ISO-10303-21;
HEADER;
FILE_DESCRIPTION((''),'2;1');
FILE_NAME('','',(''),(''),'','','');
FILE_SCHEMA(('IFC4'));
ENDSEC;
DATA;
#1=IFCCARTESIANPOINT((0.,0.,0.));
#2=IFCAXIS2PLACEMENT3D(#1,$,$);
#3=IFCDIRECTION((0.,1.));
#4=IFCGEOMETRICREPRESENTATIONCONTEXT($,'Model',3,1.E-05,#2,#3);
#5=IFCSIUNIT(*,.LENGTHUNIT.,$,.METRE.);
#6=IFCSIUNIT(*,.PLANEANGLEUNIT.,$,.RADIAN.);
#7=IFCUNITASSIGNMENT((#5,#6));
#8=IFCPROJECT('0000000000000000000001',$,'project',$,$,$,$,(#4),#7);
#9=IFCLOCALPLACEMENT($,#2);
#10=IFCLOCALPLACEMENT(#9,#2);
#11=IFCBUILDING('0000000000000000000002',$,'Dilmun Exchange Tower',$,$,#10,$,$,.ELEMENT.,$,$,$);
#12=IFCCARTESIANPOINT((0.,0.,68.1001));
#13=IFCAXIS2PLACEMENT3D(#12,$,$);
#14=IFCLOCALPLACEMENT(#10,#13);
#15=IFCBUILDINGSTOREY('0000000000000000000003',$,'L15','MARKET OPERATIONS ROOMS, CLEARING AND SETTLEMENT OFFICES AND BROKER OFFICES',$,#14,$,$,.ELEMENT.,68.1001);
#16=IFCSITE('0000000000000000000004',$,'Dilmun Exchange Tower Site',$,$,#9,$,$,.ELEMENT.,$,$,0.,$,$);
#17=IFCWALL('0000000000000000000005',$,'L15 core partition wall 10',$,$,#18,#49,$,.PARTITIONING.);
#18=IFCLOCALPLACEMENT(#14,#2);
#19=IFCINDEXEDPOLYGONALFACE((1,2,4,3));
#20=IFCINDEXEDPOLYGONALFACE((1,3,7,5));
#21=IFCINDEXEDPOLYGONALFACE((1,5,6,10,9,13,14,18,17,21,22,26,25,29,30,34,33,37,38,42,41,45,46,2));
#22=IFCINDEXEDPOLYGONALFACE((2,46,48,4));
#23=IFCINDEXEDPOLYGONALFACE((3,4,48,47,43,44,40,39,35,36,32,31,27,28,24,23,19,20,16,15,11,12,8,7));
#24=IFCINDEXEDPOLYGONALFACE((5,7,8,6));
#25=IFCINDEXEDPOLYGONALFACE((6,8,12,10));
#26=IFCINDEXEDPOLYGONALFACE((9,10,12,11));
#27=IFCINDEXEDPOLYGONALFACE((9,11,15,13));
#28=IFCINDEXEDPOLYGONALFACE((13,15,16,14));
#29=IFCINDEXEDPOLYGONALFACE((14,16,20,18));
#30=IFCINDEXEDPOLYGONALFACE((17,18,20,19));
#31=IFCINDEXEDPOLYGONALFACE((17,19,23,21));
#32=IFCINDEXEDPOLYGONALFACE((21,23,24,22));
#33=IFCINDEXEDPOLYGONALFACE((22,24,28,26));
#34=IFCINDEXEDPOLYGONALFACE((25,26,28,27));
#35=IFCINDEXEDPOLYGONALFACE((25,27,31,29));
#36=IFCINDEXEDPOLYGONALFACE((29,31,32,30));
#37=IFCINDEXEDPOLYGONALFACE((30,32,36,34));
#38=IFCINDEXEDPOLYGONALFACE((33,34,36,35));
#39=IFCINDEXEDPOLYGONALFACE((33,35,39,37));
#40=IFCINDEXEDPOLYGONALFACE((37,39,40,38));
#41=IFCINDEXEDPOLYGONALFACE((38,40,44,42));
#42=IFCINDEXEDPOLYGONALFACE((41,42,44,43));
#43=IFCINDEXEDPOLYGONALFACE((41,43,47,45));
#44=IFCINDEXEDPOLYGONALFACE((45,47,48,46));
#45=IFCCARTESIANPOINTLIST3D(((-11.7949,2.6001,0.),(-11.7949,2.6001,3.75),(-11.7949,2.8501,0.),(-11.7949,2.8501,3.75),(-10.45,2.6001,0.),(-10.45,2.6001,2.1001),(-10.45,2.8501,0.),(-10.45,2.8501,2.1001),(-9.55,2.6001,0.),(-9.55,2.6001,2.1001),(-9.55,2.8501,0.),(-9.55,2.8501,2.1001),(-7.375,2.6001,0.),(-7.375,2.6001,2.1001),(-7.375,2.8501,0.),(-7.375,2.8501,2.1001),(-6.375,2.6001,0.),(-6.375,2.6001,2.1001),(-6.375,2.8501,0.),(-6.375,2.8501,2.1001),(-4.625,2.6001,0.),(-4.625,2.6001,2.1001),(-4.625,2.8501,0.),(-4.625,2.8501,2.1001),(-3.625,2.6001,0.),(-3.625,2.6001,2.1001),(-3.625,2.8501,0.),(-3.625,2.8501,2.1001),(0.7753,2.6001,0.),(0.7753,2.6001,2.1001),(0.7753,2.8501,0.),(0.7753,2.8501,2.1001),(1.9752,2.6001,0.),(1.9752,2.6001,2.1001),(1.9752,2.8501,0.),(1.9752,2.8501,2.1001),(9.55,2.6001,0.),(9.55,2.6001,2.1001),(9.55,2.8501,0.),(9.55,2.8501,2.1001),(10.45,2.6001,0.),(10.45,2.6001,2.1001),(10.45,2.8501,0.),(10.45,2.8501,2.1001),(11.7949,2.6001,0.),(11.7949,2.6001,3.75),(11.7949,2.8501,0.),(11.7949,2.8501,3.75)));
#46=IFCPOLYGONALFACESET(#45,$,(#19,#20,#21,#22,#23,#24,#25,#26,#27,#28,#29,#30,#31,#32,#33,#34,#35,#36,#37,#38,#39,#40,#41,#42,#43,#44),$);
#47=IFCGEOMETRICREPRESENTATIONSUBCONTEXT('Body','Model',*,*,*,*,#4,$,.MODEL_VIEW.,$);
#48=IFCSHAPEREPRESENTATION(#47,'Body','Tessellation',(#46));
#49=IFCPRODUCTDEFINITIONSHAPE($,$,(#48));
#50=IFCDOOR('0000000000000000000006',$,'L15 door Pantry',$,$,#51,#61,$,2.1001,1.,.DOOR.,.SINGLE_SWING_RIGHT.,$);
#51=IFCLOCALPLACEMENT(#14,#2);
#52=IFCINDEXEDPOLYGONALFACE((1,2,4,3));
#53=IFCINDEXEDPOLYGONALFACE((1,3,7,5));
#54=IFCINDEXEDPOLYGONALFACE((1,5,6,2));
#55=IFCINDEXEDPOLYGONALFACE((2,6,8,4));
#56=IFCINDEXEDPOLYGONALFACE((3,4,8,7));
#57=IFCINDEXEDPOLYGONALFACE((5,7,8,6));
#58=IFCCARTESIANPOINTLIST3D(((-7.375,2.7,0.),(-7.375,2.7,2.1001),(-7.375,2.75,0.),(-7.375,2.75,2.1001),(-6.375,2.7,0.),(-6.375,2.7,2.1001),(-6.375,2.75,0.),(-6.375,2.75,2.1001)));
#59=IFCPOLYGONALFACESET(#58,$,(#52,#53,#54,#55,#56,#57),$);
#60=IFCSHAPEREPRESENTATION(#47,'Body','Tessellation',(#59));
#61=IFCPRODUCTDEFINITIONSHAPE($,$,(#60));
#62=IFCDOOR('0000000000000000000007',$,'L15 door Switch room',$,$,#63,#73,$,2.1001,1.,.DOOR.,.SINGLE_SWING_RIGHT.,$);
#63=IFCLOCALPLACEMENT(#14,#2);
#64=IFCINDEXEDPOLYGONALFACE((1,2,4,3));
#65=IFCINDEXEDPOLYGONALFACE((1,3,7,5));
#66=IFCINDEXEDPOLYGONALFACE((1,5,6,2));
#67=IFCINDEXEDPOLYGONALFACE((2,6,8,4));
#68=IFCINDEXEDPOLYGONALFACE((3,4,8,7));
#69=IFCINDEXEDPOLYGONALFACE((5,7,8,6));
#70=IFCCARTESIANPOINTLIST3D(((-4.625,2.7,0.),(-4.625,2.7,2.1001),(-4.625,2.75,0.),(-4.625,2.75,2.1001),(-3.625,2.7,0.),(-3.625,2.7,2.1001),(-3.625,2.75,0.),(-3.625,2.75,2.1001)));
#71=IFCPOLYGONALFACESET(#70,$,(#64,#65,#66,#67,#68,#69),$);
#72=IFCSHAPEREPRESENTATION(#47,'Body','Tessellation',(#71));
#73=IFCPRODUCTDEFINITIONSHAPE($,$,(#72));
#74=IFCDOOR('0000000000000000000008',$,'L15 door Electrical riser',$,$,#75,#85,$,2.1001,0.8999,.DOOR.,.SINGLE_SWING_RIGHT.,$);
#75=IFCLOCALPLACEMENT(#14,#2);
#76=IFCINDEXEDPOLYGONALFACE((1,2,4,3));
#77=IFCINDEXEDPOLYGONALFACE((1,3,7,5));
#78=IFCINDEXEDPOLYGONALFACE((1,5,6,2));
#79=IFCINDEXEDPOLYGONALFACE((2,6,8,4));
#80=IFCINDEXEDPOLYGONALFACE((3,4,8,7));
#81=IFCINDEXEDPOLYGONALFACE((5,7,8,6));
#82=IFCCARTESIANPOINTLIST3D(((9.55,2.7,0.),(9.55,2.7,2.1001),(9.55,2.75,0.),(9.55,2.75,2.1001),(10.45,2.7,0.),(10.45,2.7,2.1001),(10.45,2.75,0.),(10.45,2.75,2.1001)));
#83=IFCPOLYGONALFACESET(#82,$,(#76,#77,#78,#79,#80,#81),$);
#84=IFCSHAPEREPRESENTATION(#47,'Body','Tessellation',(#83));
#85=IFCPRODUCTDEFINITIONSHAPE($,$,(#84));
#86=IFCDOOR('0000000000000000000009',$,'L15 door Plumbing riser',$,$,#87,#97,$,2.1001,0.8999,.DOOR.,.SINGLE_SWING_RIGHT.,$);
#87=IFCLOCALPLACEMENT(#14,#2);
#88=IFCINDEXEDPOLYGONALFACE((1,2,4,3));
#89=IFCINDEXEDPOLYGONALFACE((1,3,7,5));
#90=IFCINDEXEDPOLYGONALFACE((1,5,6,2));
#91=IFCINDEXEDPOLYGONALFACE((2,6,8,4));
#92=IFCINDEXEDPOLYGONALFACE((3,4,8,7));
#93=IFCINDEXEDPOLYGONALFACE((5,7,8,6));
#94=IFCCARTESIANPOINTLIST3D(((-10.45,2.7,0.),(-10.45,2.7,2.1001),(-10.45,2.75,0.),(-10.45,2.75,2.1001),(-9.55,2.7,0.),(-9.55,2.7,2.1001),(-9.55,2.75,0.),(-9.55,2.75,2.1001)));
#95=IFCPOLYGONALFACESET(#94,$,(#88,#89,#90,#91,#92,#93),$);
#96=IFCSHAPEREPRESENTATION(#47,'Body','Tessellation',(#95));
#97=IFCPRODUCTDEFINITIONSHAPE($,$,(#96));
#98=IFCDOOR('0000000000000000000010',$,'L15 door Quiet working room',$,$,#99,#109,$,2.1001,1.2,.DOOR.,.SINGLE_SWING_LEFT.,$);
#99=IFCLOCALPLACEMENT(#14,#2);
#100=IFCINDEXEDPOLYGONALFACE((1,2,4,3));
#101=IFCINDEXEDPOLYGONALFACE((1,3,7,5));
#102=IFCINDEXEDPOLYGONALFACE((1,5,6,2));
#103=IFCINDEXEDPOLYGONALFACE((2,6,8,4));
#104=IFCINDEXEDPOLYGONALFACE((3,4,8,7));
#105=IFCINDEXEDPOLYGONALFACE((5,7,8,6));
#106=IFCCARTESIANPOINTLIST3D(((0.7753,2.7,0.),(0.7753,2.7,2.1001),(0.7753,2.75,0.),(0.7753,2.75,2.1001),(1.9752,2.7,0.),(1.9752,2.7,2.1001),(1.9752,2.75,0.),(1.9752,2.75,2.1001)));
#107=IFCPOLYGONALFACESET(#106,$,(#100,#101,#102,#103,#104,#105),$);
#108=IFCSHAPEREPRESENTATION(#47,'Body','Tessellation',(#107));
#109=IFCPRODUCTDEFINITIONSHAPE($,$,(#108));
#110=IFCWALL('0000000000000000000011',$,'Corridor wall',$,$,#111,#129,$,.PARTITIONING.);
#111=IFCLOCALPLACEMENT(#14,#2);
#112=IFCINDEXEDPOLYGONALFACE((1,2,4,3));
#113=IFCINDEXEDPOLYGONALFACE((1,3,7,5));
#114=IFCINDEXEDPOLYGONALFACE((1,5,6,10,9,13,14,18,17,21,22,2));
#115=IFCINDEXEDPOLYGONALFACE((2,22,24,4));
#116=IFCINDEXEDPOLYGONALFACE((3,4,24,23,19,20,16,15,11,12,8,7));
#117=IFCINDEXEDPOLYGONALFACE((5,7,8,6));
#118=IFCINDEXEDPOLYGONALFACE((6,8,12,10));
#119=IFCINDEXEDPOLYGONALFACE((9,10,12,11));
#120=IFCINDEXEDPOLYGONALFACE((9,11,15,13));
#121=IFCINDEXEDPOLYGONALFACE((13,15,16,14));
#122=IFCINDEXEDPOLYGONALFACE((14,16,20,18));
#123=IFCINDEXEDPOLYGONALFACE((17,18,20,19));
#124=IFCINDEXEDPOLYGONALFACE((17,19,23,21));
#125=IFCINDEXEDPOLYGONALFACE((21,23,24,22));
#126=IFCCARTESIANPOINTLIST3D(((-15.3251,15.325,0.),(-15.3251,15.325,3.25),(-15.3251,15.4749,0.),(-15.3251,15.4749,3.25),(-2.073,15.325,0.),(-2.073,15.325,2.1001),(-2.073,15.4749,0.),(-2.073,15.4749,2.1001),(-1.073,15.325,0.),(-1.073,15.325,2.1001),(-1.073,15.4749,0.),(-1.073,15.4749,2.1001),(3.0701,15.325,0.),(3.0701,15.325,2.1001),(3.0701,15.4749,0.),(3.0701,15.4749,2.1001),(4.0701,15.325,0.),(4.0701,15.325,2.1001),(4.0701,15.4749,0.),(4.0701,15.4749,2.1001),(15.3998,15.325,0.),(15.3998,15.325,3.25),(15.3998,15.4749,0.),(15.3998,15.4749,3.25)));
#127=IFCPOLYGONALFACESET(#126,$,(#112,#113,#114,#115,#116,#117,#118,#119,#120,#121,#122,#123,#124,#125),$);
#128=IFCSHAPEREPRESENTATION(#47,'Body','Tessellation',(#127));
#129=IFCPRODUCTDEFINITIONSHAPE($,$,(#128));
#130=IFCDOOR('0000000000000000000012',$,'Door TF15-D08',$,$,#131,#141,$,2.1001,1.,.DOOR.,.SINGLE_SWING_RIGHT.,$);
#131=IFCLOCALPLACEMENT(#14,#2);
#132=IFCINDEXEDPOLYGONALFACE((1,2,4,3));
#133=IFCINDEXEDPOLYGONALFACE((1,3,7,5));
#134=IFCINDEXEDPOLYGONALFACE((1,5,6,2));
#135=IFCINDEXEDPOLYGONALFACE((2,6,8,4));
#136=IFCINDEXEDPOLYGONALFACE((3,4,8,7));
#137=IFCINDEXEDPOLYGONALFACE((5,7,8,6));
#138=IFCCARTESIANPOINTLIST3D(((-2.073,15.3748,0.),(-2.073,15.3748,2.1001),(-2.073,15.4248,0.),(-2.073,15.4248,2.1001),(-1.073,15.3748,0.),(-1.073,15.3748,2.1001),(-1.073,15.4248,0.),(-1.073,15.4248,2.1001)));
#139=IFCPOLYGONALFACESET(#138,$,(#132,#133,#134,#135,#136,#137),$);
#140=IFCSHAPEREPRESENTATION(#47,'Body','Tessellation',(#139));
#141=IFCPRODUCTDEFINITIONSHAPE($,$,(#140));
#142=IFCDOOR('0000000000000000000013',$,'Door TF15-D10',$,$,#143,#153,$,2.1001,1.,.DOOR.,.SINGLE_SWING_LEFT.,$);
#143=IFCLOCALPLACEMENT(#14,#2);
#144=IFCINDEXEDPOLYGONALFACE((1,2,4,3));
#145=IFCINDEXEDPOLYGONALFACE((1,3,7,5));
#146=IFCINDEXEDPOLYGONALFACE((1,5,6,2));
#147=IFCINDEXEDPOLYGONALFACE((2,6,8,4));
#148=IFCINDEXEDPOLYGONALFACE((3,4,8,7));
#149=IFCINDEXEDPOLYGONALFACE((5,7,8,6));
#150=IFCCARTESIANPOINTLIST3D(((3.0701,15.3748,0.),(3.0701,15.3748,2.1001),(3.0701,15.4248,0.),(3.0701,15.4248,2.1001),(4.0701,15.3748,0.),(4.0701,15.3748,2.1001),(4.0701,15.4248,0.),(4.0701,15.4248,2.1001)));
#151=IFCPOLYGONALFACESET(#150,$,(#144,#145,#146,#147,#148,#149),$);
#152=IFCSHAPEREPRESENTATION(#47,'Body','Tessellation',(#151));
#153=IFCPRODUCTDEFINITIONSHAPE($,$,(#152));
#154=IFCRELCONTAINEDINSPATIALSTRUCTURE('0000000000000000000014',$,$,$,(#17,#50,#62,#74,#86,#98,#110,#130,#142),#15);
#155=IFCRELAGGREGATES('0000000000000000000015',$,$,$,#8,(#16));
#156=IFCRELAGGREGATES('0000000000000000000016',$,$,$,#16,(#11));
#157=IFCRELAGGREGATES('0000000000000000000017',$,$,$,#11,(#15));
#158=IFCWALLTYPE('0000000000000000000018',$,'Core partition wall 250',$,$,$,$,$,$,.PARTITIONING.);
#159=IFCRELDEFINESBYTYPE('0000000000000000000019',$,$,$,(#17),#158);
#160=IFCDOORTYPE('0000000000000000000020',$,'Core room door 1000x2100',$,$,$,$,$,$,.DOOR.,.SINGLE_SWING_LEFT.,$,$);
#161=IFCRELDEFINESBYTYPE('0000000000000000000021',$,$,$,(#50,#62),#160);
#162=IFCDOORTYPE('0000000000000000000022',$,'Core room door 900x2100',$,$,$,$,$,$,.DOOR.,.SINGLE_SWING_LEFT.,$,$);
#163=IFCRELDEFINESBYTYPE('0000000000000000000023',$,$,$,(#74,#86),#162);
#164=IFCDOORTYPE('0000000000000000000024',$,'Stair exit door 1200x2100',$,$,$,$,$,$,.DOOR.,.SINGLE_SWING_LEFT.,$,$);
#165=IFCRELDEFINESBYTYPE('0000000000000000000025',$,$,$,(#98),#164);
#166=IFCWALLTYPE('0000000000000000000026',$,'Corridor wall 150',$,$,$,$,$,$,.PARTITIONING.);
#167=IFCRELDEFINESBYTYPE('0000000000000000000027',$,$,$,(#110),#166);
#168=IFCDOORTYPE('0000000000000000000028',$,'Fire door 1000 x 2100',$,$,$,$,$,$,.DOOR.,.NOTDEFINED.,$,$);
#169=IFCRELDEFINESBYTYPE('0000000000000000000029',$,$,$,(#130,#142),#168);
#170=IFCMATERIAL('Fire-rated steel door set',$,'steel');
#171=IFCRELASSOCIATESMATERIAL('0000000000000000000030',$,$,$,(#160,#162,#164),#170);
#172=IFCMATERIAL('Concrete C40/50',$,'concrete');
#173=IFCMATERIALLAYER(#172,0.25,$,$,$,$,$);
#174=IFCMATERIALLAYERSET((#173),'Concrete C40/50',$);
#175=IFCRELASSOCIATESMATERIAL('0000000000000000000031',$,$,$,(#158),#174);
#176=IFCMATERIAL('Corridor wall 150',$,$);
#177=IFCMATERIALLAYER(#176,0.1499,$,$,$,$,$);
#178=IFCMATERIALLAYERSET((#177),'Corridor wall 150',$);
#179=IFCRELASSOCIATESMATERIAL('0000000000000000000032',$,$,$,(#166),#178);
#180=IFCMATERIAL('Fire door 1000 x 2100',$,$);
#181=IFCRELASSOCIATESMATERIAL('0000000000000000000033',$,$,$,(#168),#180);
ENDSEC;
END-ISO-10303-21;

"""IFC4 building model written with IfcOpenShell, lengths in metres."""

from ifc_helpers import new_model, si_unit, direction, frame, frame_2d, origin, place, context, subcontext, project, spatial, rectangle, extrude, material, layer, layer_set, type_object, element, fill, save


model = new_model("IFC4")

# Units and contexts
model_context = context("Model", 3, precision=1e-05, world=origin(), true_north=direction((0.0, 1.0)))
body_context = subcontext(model_context, "Body", "Model", "MODEL_VIEW")
ifc_project = project(units=[si_unit("LENGTHUNIT", "METRE"), si_unit("PLANEANGLEUNIT", "RADIAN")], contexts=[model_context])

# Site, building, storey
site_placement = place(None, origin())
site = spatial("IfcSite", under=ifc_project, at=site_placement, Name="Dilmun Exchange Tower Site", CompositionType="ELEMENT", RefElevation=0.0)
building_placement = place(site_placement, origin())
building = spatial("IfcBuilding", under=site, at=building_placement, Name="Dilmun Exchange Tower", CompositionType="ELEMENT")
storey_placement = place(building_placement, frame((0.0, 0.0, 68.1001)))
storey = spatial("IfcBuildingStorey", under=building, at=storey_placement, Name="L15", Description="MARKET OPERATIONS ROOMS, CLEARING AND SETTLEMENT OFFICES AND BROKER OFFICES", CompositionType="ELEMENT", Elevation=68.1001)

# Shared definitions
ifc_material_1 = material(Name="Concrete C40/50", Category="concrete")

# Shared definitions
ifc_material_2 = material(Name="Fire-rated steel door set", Category="steel")
door_type_1 = type_object("IfcDoorType", Name="Core room door 1000x2100", OperationType="SINGLE_SWING_LEFT", PredefinedType="DOOR", material=ifc_material_2)

# Walls, openings, doors
ifc_layer_1 = layer(ifc_material_1, 0.25)
ifc_layer_set_1 = layer_set([ifc_layer_1], Name="Concrete C40/50")
wall_type_1 = type_object("IfcWallType", Name="Core partition wall 250", PredefinedType="PARTITIONING", material=ifc_layer_set_1)
wall_1_placement = place(storey_placement, frame((-11.7949, 2.7251, 0.0), z_axis=(0.0, 0.0, 1.0), x_axis=(1.0, 0.0, 0.0)))
wall_1 = element("IfcWall", 1, at=wall_1_placement, inside=storey, type_object=wall_type_1, Name="L15 core partition wall 10", PredefinedType="PARTITIONING", context=body_context, shape_type="SweptSolid", body=[
    extrude(rectangle(XDim=23.5898, YDim=0.25, at=frame_2d((11.7949, 0.0))), origin(), (0.0, 0.0, 1.0), 3.75),
])
opening_1_placement = place(wall_1_placement, frame((21.345, 0.0, 0.0)))
opening_1 = element("IfcOpeningElement", 2, at=opening_1_placement, cuts=wall_1, PredefinedType="OPENING", context=body_context, shape_type="SweptSolid", body=[
    extrude(rectangle(XDim=0.8999, YDim=2.1001, at=frame_2d((0.45, 1.05))), frame((0.0, 0.135, 0.0), z_axis=(0.0, -1.0, 0.0), x_axis=(1.0, 0.0, 0.0)), (0.0, 0.0, 1.0), 0.27),
])
opening_2_placement = place(wall_1_placement, frame((1.345, 0.0, 0.0)))
opening_2 = element("IfcOpeningElement", 3, at=opening_2_placement, cuts=wall_1, PredefinedType="OPENING", context=body_context, shape_type="SweptSolid", body=[
    extrude(rectangle(XDim=0.8999, YDim=2.1001, at=frame_2d((0.45, 1.05))), frame((0.0, 0.135, 0.0), z_axis=(0.0, -1.0, 0.0), x_axis=(1.0, 0.0, 0.0)), (0.0, 0.0, 1.0), 0.27),
])
opening_3_placement = place(wall_1_placement, frame((4.4199, 0.0, 0.0)))
opening_3 = element("IfcOpeningElement", 4, at=opening_3_placement, cuts=wall_1, PredefinedType="OPENING", context=body_context, shape_type="SweptSolid", body=[
    extrude(rectangle(XDim=1.0, YDim=2.1001, at=frame_2d((0.5, 1.05))), frame((0.0, 0.135, 0.0), z_axis=(0.0, -1.0, 0.0), x_axis=(1.0, 0.0, 0.0)), (0.0, 0.0, 1.0), 0.27),
])
opening_4_placement = place(wall_1_placement, frame((7.1699, 0.0, 0.0)))
opening_4 = element("IfcOpeningElement", 5, at=opening_4_placement, cuts=wall_1, PredefinedType="OPENING", context=body_context, shape_type="SweptSolid", body=[
    extrude(rectangle(XDim=1.0, YDim=2.1001, at=frame_2d((0.5, 1.05))), frame((0.0, 0.135, 0.0), z_axis=(0.0, -1.0, 0.0), x_axis=(1.0, 0.0, 0.0)), (0.0, 0.0, 1.0), 0.27),
])
opening_5_placement = place(wall_1_placement, frame((12.5701, 0.0, 0.0)))
opening_5 = element("IfcOpeningElement", 6, at=opening_5_placement, cuts=wall_1, PredefinedType="OPENING", context=body_context, shape_type="SweptSolid", body=[
    extrude(rectangle(XDim=1.2, YDim=2.1001, at=frame_2d((0.6001, 1.05))), frame((0.0, 0.135, 0.0), z_axis=(0.0, -1.0, 0.0), x_axis=(1.0, 0.0, 0.0)), (0.0, 0.0, 1.0), 0.27),
])
door_1_placement = place(opening_3_placement, origin())
door_1 = element("IfcDoor", 7, at=door_1_placement, inside=storey, type_object=door_type_1, Name="L15 door Pantry", OperationType="SINGLE_SWING_RIGHT", OverallHeight=2.1001, OverallWidth=1.0, PredefinedType="DOOR", context=body_context, shape_type="SweptSolid", body=[
    extrude(rectangle(XDim=1.0, YDim=2.1001, at=frame_2d((0.5, 1.05))), frame((0.0, 0.0249, 0.0), z_axis=(0.0, -1.0, 0.0), x_axis=(1.0, 0.0, 0.0)), (0.0, 0.0, 1.0), 0.05),
])
fill(opening_3, door_1)
door_2_placement = place(opening_4_placement, origin())
door_2 = element("IfcDoor", 8, at=door_2_placement, inside=storey, type_object=door_type_1, Name="L15 door Switch room", OperationType="SINGLE_SWING_RIGHT", OverallHeight=2.1001, OverallWidth=1.0, PredefinedType="DOOR", context=body_context, shape_type="SweptSolid", body=[
    extrude(rectangle(XDim=1.0, YDim=2.1001, at=frame_2d((0.5, 1.05))), frame((0.0, 0.0249, 0.0), z_axis=(0.0, -1.0, 0.0), x_axis=(1.0, 0.0, 0.0)), (0.0, 0.0, 1.0), 0.05),
])
fill(opening_4, door_2)
door_type_2 = type_object("IfcDoorType", Name="Core room door 900x2100", OperationType="SINGLE_SWING_LEFT", PredefinedType="DOOR", material=ifc_material_2)
door_3_placement = place(opening_1_placement, origin())
door_3 = element("IfcDoor", 9, at=door_3_placement, inside=storey, type_object=door_type_2, Name="L15 door Electrical riser", OperationType="SINGLE_SWING_RIGHT", OverallHeight=2.1001, OverallWidth=0.8999, PredefinedType="DOOR", context=body_context, shape_type="SweptSolid", body=[
    extrude(rectangle(XDim=0.8999, YDim=2.1001, at=frame_2d((0.45, 1.05))), frame((0.0, 0.0249, 0.0), z_axis=(0.0, -1.0, 0.0), x_axis=(1.0, 0.0, 0.0)), (0.0, 0.0, 1.0), 0.05),
])
fill(opening_1, door_3)
door_4_placement = place(opening_2_placement, origin())
door_4 = element("IfcDoor", 10, at=door_4_placement, inside=storey, type_object=door_type_2, Name="L15 door Plumbing riser", OperationType="SINGLE_SWING_RIGHT", OverallHeight=2.1001, OverallWidth=0.8999, PredefinedType="DOOR", context=body_context, shape_type="SweptSolid", body=[
    extrude(rectangle(XDim=0.8999, YDim=2.1001, at=frame_2d((0.45, 1.05))), frame((0.0, 0.0249, 0.0), z_axis=(0.0, -1.0, 0.0), x_axis=(1.0, 0.0, 0.0)), (0.0, 0.0, 1.0), 0.05),
])
fill(opening_2, door_4)
door_type_3 = type_object("IfcDoorType", Name="Stair exit door 1200x2100", OperationType="SINGLE_SWING_LEFT", PredefinedType="DOOR", material=ifc_material_2)
door_5_placement = place(opening_5_placement, origin())
door_5 = element("IfcDoor", 11, at=door_5_placement, inside=storey, type_object=door_type_3, Name="L15 door Quiet working room", OperationType="SINGLE_SWING_LEFT", OverallHeight=2.1001, OverallWidth=1.2, PredefinedType="DOOR", context=body_context, shape_type="SweptSolid", body=[
    extrude(rectangle(XDim=1.2, YDim=2.1001, at=frame_2d((0.6001, 1.05))), frame((0.0, 0.0249, 0.0), z_axis=(0.0, -1.0, 0.0), x_axis=(1.0, 0.0, 0.0)), (0.0, 0.0, 1.0), 0.05),
])
fill(opening_5, door_5)
ifc_material_3 = material(Name="Corridor wall 150")
ifc_layer_2 = layer(ifc_material_3, 0.1499)
ifc_layer_set_2 = layer_set([ifc_layer_2], Name="Corridor wall 150")
wall_type_2 = type_object("IfcWallType", Name="Corridor wall 150", PredefinedType="PARTITIONING", material=ifc_layer_set_2)
wall_2_placement = place(storey_placement, frame((-15.325, 15.3999, 0.0), z_axis=(0.0, 0.0, 1.0), x_axis=(1.0, 0.0, 0.0)))
wall_2 = element("IfcWall", 12, at=wall_2_placement, inside=storey, type_object=wall_type_2, Name="Corridor wall", PredefinedType="PARTITIONING", context=body_context, shape_type="SweptSolid", body=[
    extrude(rectangle(XDim=30.7249, YDim=0.1499, at=frame_2d((15.3623, 0.0))), origin(), (0.0, 0.0, 1.0), 3.25),
])
opening_6_placement = place(wall_2_placement, frame((13.252, 0.0, 0.0)))
opening_6 = element("IfcOpeningElement", 13, at=opening_6_placement, cuts=wall_2, PredefinedType="OPENING", context=body_context, shape_type="SweptSolid", body=[
    extrude(rectangle(XDim=1.0, YDim=2.1001, at=frame_2d((0.5, 1.05))), frame((0.0, 0.085, 0.0), z_axis=(0.0, -1.0, 0.0), x_axis=(1.0, 0.0, 0.0)), (0.0, 0.0, 1.0), 0.1699),
])
opening_7_placement = place(wall_2_placement, frame((18.395, 0.0, 0.0)))
opening_7 = element("IfcOpeningElement", 14, at=opening_7_placement, cuts=wall_2, PredefinedType="OPENING", context=body_context, shape_type="SweptSolid", body=[
    extrude(rectangle(XDim=1.0, YDim=2.1001, at=frame_2d((0.5, 1.05))), frame((0.0, 0.085, 0.0), z_axis=(0.0, -1.0, 0.0), x_axis=(1.0, 0.0, 0.0)), (0.0, 0.0, 1.0), 0.1699),
])
ifc_material_4 = material(Name="Fire door 1000 x 2100")
door_type_4 = type_object("IfcDoorType", Name="Fire door 1000 x 2100", OperationType="NOTDEFINED", PredefinedType="DOOR", material=ifc_material_4)
door_6_placement = place(opening_6_placement, origin())
door_6 = element("IfcDoor", 15, at=door_6_placement, inside=storey, type_object=door_type_4, Name="Door TF15-D08", OperationType="SINGLE_SWING_RIGHT", OverallHeight=2.1001, OverallWidth=1.0, PredefinedType="DOOR", context=body_context, shape_type="SweptSolid", body=[
    extrude(rectangle(XDim=1.0, YDim=2.1001, at=frame_2d((0.5, 1.05))), frame((0.0, 0.0249, 0.0), z_axis=(0.0, -1.0, 0.0), x_axis=(1.0, 0.0, 0.0)), (0.0, 0.0, 1.0), 0.05),
])
fill(opening_6, door_6)
door_7_placement = place(opening_7_placement, origin())
door_7 = element("IfcDoor", 16, at=door_7_placement, inside=storey, type_object=door_type_4, Name="Door TF15-D10", OperationType="SINGLE_SWING_LEFT", OverallHeight=2.1001, OverallWidth=1.0, PredefinedType="DOOR", context=body_context, shape_type="SweptSolid", body=[
    extrude(rectangle(XDim=1.0, YDim=2.1001, at=frame_2d((0.5, 1.05))), frame((0.0, 0.0249, 0.0), z_axis=(0.0, -1.0, 0.0), x_axis=(1.0, 0.0, 0.0)), (0.0, 0.0, 1.0), 0.05),
])
fill(opening_7, door_7)

save(model, "model.ifc")
